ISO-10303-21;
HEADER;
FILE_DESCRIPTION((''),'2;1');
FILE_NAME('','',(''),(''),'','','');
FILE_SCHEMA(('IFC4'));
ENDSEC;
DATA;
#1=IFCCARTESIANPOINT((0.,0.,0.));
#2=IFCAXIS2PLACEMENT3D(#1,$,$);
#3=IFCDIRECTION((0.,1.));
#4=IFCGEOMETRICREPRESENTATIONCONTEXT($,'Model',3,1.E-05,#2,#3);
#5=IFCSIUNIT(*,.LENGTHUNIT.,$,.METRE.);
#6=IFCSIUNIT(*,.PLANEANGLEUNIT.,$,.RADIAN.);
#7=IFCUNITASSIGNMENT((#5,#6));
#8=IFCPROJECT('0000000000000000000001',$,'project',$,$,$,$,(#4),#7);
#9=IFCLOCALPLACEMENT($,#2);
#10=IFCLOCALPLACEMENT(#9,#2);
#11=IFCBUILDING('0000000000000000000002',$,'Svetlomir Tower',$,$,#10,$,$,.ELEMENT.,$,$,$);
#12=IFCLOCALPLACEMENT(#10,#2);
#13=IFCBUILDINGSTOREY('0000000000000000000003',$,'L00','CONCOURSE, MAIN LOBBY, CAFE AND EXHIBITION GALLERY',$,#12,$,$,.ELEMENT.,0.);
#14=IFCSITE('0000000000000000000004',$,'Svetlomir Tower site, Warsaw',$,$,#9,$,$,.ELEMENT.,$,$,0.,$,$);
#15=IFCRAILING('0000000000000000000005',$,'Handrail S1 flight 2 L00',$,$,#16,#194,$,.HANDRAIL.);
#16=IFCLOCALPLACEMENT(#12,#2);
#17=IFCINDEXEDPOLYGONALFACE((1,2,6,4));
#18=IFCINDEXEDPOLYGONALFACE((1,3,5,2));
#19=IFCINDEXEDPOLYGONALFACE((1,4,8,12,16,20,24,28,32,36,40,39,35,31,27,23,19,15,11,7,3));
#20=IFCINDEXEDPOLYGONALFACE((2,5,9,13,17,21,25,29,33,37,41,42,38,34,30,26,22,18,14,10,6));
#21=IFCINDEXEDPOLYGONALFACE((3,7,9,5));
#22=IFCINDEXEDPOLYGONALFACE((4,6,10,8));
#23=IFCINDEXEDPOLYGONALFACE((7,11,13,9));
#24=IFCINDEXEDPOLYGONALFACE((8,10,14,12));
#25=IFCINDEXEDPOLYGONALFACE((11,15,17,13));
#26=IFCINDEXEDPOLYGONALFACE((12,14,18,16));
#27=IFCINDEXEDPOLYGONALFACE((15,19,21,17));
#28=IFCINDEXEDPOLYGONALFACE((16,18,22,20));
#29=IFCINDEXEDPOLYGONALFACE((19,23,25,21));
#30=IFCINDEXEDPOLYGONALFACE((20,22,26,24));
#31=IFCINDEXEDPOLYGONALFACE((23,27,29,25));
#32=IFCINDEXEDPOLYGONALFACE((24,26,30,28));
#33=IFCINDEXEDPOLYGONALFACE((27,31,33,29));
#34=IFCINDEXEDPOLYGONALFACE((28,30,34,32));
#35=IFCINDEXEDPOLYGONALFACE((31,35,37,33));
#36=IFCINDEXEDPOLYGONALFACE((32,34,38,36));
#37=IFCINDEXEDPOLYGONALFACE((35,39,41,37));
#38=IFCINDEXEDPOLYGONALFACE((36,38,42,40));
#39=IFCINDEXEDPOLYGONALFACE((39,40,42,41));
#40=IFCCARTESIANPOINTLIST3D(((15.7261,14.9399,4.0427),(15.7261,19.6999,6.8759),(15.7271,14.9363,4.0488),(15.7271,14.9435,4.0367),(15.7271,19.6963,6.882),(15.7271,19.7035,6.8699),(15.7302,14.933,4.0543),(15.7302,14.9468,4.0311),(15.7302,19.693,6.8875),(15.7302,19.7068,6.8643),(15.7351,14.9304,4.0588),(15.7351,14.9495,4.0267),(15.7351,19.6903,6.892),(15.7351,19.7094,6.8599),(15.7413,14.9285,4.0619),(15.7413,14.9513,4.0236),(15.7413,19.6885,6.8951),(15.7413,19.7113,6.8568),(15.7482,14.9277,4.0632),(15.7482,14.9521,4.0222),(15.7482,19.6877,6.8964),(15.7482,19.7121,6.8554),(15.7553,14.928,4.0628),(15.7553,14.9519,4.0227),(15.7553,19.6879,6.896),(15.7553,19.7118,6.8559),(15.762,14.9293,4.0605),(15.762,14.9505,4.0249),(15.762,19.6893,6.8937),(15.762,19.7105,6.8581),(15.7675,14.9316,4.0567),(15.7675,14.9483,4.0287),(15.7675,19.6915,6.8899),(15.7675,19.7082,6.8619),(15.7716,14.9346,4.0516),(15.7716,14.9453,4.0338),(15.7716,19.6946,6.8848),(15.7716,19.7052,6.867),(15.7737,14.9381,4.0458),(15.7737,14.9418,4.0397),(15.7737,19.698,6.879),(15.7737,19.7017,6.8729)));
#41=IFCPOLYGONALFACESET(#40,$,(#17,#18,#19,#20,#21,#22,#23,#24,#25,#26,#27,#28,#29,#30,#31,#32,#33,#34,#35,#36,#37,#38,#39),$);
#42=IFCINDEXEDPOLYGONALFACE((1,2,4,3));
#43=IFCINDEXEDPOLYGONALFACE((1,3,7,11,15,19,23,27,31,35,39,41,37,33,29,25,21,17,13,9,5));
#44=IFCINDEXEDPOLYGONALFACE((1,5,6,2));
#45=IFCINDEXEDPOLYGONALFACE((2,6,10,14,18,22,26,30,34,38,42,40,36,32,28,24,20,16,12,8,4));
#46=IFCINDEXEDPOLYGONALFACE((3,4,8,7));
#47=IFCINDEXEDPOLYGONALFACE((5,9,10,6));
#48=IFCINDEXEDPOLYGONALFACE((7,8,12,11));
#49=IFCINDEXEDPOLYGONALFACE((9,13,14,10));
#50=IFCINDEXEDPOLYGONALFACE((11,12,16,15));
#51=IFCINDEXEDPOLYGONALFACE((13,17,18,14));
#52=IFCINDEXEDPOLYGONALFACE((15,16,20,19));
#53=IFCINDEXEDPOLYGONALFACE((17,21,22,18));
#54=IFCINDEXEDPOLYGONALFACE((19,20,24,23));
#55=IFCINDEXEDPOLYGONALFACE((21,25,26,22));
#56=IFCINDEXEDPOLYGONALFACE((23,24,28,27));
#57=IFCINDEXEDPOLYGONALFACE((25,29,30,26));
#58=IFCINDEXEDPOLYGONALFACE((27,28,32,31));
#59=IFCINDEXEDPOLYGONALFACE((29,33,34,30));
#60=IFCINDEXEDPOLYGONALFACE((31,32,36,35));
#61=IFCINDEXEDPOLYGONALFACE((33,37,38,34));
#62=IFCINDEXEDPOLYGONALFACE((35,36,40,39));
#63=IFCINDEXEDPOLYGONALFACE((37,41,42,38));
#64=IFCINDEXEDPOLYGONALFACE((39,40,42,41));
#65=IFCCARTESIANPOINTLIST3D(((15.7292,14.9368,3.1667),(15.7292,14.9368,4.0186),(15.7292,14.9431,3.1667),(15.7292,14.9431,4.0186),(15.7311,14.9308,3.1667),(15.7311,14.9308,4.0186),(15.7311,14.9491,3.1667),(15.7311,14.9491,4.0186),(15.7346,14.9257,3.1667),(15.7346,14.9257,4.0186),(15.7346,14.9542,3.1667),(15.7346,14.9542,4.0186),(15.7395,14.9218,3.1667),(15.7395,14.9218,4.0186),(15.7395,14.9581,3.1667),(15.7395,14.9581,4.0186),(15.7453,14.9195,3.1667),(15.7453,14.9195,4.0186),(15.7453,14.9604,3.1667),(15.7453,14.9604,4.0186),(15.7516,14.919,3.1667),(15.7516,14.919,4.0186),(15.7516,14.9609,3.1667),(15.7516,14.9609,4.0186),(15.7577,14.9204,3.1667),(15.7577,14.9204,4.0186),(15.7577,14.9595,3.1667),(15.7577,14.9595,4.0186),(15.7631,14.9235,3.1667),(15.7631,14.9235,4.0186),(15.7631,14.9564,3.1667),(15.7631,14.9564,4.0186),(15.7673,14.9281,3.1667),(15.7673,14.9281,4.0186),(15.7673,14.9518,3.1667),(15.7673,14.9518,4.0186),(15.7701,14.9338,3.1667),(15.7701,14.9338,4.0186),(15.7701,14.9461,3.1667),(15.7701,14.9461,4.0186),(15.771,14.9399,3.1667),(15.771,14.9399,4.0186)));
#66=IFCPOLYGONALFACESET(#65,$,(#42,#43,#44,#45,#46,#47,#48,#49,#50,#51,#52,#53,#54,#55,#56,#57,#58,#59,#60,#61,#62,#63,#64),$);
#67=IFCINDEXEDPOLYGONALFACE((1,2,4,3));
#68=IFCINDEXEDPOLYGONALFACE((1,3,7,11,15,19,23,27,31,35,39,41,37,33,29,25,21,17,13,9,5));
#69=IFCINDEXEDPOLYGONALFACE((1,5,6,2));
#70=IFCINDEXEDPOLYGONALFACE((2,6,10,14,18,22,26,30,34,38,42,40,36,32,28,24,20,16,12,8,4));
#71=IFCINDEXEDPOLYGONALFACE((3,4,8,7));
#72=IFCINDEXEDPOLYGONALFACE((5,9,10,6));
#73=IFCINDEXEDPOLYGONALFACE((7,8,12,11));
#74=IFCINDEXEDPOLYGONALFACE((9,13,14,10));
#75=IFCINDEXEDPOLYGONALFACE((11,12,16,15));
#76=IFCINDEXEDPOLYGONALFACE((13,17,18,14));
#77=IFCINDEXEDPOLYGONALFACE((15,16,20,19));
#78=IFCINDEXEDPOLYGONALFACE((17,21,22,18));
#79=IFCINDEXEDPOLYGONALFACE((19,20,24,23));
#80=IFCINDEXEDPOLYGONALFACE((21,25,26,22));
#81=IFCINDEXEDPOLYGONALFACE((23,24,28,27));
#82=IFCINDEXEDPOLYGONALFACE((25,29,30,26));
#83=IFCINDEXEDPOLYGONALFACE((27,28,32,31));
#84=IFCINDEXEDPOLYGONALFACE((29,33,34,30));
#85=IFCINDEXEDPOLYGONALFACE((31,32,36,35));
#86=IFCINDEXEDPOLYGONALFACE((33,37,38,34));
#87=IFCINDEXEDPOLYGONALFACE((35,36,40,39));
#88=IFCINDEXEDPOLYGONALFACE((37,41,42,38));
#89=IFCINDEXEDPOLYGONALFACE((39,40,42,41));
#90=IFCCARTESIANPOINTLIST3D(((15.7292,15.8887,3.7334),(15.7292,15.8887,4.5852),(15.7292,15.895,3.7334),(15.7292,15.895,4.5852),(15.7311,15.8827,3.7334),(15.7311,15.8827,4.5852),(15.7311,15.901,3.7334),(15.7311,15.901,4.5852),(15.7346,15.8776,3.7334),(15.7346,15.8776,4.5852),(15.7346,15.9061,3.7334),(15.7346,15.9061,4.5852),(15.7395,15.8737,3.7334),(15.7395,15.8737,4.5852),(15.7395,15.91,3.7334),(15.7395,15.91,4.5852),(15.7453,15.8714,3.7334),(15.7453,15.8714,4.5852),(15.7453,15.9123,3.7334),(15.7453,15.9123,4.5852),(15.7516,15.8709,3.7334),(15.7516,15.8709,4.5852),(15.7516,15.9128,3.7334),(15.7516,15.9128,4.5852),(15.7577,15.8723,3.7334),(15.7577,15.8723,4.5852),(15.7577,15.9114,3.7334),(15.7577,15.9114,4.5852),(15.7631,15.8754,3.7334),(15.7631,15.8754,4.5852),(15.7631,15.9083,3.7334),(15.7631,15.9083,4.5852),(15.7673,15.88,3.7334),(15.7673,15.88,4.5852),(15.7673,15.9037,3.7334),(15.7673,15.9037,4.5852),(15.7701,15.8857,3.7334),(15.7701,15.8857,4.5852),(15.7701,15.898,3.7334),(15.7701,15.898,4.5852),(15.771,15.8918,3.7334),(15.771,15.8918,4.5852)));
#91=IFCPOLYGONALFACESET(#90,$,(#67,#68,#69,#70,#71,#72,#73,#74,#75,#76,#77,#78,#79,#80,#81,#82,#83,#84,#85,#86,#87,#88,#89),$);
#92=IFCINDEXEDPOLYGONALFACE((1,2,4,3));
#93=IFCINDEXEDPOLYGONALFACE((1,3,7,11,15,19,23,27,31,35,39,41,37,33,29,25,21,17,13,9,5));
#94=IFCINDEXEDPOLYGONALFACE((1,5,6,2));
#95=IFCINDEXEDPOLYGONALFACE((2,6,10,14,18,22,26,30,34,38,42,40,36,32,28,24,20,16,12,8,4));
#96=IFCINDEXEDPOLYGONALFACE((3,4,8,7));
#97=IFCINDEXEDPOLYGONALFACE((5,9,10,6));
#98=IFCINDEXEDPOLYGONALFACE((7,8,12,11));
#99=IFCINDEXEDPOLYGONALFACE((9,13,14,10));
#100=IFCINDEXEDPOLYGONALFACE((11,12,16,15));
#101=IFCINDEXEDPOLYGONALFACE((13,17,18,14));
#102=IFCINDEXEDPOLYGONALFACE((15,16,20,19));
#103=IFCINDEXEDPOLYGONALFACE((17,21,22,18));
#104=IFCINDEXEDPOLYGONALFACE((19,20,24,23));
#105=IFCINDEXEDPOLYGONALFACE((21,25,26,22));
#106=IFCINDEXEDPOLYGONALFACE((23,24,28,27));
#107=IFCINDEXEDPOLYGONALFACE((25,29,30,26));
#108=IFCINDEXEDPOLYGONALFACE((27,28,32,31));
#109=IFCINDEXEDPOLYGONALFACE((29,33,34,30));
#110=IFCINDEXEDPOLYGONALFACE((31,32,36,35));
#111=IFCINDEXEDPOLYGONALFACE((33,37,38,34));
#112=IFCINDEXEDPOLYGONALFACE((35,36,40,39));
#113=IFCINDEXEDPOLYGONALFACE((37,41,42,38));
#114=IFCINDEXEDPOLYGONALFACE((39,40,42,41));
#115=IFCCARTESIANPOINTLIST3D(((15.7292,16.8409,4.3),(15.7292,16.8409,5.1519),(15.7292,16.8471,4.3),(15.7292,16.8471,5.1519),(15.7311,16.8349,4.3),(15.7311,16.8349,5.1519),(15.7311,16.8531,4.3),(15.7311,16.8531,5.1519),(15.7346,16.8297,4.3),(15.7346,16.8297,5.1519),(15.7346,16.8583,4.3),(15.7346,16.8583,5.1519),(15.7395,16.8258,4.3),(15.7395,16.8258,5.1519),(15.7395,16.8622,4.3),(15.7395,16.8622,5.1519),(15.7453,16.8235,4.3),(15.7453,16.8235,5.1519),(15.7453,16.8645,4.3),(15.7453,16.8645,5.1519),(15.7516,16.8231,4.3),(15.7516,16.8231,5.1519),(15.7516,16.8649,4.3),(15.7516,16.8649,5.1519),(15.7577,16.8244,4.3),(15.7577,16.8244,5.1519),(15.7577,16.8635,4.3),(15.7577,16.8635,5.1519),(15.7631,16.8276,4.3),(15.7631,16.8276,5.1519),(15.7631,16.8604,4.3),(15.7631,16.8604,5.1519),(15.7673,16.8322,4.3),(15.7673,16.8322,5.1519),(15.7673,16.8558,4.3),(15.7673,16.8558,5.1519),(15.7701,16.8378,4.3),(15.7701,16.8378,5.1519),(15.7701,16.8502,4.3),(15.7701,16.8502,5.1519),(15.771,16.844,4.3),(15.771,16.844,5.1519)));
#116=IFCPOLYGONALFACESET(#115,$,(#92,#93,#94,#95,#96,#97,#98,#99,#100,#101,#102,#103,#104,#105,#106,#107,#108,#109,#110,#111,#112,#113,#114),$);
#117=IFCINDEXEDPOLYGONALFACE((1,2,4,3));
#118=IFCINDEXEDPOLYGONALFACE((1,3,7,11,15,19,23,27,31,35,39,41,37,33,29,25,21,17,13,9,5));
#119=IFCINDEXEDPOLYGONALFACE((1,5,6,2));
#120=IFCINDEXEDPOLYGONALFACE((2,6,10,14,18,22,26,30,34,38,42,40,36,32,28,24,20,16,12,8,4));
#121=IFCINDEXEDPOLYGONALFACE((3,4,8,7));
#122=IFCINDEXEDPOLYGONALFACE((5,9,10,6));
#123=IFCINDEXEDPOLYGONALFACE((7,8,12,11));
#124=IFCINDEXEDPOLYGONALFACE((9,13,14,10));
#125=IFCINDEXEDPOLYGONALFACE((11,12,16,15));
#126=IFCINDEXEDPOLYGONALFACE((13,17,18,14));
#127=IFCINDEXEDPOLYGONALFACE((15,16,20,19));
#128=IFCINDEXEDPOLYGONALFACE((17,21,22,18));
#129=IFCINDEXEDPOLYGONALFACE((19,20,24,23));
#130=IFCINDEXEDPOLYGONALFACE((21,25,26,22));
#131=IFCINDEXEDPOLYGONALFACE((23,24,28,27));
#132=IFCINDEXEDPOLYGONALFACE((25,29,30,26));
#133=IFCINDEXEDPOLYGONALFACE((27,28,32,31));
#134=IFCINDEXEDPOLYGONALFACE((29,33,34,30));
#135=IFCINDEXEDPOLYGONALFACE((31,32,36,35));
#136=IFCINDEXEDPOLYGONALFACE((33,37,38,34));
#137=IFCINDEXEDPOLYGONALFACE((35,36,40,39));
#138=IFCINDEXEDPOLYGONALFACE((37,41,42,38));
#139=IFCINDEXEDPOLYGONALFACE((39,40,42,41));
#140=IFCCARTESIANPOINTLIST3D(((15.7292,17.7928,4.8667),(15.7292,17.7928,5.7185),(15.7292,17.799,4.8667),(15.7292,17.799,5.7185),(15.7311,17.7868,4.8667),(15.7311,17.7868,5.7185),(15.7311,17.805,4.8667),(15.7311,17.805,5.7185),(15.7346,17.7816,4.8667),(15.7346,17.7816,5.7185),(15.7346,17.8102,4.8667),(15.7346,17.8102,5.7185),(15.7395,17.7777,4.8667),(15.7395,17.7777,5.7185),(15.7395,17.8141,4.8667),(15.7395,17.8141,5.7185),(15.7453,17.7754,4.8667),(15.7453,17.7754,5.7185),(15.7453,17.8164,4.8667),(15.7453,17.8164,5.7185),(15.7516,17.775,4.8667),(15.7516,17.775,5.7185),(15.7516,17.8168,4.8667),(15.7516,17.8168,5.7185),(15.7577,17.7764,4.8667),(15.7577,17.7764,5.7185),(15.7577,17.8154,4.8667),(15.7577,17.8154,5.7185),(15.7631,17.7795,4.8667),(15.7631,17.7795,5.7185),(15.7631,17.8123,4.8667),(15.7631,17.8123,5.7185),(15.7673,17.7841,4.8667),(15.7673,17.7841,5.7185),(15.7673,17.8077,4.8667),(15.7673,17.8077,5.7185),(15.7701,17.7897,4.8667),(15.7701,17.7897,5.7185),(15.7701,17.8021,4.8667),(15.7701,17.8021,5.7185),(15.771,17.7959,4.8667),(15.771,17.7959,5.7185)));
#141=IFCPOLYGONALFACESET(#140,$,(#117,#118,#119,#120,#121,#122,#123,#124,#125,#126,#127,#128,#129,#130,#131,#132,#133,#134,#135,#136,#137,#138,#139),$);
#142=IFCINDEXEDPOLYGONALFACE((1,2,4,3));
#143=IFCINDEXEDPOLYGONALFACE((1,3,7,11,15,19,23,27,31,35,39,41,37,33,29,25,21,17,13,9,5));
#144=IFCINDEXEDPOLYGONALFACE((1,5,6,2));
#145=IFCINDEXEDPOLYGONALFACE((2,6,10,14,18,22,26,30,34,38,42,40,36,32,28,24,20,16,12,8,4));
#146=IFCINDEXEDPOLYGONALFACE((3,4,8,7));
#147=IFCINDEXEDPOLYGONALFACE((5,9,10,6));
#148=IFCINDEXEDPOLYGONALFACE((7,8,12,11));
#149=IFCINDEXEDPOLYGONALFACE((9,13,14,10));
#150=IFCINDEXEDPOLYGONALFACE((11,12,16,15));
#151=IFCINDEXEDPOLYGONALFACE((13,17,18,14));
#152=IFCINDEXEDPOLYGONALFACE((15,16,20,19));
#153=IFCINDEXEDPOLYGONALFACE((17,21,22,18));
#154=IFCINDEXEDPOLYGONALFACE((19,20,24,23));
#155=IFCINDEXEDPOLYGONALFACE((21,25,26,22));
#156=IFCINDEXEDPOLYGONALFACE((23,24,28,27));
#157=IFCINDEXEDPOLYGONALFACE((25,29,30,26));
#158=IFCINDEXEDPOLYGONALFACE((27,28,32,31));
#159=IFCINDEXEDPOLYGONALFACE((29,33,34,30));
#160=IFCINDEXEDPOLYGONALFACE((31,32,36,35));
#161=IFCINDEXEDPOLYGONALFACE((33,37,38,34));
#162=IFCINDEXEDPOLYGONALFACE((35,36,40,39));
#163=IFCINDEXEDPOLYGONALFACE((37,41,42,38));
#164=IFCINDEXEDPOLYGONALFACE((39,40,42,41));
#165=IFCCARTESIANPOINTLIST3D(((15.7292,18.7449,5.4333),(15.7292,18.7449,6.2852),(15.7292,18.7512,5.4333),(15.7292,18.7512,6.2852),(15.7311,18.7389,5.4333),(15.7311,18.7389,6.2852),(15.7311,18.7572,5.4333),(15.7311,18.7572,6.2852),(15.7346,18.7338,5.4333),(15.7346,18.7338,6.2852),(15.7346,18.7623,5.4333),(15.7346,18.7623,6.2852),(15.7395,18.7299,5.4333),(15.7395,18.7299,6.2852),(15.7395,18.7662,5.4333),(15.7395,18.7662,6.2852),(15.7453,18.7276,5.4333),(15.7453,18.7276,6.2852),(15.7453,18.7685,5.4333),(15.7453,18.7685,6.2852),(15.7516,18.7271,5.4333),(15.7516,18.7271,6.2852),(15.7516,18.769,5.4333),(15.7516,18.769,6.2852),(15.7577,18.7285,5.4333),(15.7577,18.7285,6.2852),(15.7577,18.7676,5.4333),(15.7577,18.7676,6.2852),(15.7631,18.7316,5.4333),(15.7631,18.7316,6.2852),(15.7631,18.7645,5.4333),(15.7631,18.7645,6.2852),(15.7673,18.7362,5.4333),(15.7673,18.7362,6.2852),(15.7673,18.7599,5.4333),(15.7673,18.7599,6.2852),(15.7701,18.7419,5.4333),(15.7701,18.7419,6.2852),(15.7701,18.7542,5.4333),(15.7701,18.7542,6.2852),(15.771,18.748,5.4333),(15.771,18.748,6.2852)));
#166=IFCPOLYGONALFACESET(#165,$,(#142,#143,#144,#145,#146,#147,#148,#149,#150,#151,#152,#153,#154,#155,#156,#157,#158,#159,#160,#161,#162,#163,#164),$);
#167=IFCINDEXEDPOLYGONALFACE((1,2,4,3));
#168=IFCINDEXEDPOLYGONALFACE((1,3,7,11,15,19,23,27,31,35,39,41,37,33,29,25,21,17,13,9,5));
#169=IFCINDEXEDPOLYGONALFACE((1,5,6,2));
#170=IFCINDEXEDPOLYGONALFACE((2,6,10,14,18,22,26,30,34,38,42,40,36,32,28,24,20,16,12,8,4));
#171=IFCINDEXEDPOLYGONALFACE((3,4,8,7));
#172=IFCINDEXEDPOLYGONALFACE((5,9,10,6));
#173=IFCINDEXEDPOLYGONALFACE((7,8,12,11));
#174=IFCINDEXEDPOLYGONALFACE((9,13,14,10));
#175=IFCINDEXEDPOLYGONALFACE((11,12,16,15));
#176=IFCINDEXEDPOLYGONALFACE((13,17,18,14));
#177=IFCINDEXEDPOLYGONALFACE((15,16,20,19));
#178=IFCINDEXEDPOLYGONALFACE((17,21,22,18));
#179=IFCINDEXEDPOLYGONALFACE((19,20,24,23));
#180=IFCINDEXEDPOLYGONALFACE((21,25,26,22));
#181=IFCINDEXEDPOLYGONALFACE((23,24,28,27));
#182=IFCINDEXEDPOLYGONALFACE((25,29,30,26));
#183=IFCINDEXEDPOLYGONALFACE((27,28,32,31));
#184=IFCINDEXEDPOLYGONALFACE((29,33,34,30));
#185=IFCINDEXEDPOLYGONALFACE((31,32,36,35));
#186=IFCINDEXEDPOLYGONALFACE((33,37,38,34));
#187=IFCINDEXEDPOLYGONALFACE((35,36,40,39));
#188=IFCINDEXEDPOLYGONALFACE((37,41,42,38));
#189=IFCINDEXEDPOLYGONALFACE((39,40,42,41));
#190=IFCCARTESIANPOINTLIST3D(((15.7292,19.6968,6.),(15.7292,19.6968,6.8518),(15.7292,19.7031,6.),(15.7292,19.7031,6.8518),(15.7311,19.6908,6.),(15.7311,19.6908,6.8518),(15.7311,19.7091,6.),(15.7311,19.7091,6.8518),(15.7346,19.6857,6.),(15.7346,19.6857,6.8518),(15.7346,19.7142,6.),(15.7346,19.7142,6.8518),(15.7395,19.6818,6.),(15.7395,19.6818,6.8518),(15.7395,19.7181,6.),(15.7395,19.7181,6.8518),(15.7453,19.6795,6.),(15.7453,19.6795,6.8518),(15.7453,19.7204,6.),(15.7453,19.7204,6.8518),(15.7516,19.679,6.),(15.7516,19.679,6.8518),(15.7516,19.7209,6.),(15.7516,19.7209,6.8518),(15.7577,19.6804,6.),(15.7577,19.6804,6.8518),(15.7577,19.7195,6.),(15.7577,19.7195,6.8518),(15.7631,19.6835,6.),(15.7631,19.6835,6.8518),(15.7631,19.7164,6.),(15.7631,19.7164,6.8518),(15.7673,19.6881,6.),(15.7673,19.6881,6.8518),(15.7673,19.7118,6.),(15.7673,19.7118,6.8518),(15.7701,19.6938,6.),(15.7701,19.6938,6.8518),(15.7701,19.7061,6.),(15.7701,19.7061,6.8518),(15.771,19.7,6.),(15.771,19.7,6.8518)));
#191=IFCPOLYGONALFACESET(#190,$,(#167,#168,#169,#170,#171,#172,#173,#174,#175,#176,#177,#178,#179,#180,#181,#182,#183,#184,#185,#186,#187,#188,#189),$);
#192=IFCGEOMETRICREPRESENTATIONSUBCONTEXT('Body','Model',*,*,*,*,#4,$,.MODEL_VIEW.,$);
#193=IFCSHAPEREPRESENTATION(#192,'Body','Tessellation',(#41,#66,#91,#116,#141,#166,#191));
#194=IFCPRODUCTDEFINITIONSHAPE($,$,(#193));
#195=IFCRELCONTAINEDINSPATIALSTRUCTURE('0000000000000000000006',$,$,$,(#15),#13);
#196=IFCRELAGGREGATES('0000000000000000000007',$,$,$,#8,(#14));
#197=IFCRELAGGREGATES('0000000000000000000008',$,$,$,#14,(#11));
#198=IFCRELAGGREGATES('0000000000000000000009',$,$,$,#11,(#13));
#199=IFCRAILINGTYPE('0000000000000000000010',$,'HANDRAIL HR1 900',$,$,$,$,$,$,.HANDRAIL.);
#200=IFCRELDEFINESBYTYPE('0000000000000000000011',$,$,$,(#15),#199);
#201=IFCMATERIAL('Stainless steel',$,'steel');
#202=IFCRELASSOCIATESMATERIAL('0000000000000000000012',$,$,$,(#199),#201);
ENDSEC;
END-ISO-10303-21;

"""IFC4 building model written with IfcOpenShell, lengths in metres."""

from ifc_helpers import new_model, si_unit, direction, frame, origin, origin_2d, place, context, subcontext, project, spatial, circle, extrude, material, type_object, element, save


model = new_model("IFC4")

# Units and contexts
model_context = context("Model", 3, precision=1e-05, world=origin(), true_north=direction((0.0, 1.0)))
body_context = subcontext(model_context, "Body", "Model", "MODEL_VIEW")
ifc_project = project(units=[si_unit("LENGTHUNIT", "METRE"), si_unit("PLANEANGLEUNIT", "RADIAN")], contexts=[model_context])

# Site, building, storey
site_placement = place(None, origin())
site = spatial("IfcSite", under=ifc_project, at=site_placement, Name="Svetlomir Tower site, Warsaw", CompositionType="ELEMENT", RefElevation=0.0)
building_placement = place(site_placement, origin())
building = spatial("IfcBuilding", under=site, at=building_placement, Name="Svetlomir Tower", CompositionType="ELEMENT")
storey_placement = place(building_placement, origin())
storey = spatial("IfcBuildingStorey", under=building, at=storey_placement, Name="L00", Description="CONCOURSE, MAIN LOBBY, CAFE AND EXHIBITION GALLERY", CompositionType="ELEMENT", Elevation=0.0)

# Railing
ifc_material_1 = material(Name="Stainless steel", Category="steel")
railing_type = type_object("IfcRailingType", Name="HANDRAIL HR1 900", PredefinedType="HANDRAIL", material=ifc_material_1)
railing_1_placement = place(storey_placement, frame((15.75, 14.9399, 3.1667)))
element("IfcRailing", 1, at=railing_1_placement, inside=storey, type_object=railing_type, Name="Handrail S1 flight 2 L00", PredefinedType="HANDRAIL", context=body_context, shape_type="SweptSolid", body=[
    extrude(circle(Radius=0.0239, at=origin_2d()), frame((0.0, 0.0, 0.876), z_axis=(0.0, 0.8593, 0.511472), x_axis=(-1.0, 0.0, 0.0)), (0.0, 0.0, 1.0), 5.5393),
    extrude(circle(Radius=0.021, at=origin_2d()), origin(), (0.0, 0.0, 1.0), 0.8518),
    extrude(circle(Radius=0.021, at=origin_2d()), frame((0.0, 0.9519, 0.5667)), (0.0, 0.0, 1.0), 0.8518),
    extrude(circle(Radius=0.021, at=origin_2d()), frame((0.0, 1.9041, 1.1333)), (0.0, 0.0, 1.0), 0.8518),
    extrude(circle(Radius=0.021, at=origin_2d()), frame((0.0, 2.856, 1.7)), (0.0, 0.0, 1.0), 0.8518),
    extrude(circle(Radius=0.021, at=origin_2d()), frame((0.0, 3.8081, 2.2666)), (0.0, 0.0, 1.0), 0.8518),
    extrude(circle(Radius=0.021, at=origin_2d()), frame((0.0, 4.76, 2.8333)), (0.0, 0.0, 1.0), 0.8518),
])

save(model, "model.ifc")
